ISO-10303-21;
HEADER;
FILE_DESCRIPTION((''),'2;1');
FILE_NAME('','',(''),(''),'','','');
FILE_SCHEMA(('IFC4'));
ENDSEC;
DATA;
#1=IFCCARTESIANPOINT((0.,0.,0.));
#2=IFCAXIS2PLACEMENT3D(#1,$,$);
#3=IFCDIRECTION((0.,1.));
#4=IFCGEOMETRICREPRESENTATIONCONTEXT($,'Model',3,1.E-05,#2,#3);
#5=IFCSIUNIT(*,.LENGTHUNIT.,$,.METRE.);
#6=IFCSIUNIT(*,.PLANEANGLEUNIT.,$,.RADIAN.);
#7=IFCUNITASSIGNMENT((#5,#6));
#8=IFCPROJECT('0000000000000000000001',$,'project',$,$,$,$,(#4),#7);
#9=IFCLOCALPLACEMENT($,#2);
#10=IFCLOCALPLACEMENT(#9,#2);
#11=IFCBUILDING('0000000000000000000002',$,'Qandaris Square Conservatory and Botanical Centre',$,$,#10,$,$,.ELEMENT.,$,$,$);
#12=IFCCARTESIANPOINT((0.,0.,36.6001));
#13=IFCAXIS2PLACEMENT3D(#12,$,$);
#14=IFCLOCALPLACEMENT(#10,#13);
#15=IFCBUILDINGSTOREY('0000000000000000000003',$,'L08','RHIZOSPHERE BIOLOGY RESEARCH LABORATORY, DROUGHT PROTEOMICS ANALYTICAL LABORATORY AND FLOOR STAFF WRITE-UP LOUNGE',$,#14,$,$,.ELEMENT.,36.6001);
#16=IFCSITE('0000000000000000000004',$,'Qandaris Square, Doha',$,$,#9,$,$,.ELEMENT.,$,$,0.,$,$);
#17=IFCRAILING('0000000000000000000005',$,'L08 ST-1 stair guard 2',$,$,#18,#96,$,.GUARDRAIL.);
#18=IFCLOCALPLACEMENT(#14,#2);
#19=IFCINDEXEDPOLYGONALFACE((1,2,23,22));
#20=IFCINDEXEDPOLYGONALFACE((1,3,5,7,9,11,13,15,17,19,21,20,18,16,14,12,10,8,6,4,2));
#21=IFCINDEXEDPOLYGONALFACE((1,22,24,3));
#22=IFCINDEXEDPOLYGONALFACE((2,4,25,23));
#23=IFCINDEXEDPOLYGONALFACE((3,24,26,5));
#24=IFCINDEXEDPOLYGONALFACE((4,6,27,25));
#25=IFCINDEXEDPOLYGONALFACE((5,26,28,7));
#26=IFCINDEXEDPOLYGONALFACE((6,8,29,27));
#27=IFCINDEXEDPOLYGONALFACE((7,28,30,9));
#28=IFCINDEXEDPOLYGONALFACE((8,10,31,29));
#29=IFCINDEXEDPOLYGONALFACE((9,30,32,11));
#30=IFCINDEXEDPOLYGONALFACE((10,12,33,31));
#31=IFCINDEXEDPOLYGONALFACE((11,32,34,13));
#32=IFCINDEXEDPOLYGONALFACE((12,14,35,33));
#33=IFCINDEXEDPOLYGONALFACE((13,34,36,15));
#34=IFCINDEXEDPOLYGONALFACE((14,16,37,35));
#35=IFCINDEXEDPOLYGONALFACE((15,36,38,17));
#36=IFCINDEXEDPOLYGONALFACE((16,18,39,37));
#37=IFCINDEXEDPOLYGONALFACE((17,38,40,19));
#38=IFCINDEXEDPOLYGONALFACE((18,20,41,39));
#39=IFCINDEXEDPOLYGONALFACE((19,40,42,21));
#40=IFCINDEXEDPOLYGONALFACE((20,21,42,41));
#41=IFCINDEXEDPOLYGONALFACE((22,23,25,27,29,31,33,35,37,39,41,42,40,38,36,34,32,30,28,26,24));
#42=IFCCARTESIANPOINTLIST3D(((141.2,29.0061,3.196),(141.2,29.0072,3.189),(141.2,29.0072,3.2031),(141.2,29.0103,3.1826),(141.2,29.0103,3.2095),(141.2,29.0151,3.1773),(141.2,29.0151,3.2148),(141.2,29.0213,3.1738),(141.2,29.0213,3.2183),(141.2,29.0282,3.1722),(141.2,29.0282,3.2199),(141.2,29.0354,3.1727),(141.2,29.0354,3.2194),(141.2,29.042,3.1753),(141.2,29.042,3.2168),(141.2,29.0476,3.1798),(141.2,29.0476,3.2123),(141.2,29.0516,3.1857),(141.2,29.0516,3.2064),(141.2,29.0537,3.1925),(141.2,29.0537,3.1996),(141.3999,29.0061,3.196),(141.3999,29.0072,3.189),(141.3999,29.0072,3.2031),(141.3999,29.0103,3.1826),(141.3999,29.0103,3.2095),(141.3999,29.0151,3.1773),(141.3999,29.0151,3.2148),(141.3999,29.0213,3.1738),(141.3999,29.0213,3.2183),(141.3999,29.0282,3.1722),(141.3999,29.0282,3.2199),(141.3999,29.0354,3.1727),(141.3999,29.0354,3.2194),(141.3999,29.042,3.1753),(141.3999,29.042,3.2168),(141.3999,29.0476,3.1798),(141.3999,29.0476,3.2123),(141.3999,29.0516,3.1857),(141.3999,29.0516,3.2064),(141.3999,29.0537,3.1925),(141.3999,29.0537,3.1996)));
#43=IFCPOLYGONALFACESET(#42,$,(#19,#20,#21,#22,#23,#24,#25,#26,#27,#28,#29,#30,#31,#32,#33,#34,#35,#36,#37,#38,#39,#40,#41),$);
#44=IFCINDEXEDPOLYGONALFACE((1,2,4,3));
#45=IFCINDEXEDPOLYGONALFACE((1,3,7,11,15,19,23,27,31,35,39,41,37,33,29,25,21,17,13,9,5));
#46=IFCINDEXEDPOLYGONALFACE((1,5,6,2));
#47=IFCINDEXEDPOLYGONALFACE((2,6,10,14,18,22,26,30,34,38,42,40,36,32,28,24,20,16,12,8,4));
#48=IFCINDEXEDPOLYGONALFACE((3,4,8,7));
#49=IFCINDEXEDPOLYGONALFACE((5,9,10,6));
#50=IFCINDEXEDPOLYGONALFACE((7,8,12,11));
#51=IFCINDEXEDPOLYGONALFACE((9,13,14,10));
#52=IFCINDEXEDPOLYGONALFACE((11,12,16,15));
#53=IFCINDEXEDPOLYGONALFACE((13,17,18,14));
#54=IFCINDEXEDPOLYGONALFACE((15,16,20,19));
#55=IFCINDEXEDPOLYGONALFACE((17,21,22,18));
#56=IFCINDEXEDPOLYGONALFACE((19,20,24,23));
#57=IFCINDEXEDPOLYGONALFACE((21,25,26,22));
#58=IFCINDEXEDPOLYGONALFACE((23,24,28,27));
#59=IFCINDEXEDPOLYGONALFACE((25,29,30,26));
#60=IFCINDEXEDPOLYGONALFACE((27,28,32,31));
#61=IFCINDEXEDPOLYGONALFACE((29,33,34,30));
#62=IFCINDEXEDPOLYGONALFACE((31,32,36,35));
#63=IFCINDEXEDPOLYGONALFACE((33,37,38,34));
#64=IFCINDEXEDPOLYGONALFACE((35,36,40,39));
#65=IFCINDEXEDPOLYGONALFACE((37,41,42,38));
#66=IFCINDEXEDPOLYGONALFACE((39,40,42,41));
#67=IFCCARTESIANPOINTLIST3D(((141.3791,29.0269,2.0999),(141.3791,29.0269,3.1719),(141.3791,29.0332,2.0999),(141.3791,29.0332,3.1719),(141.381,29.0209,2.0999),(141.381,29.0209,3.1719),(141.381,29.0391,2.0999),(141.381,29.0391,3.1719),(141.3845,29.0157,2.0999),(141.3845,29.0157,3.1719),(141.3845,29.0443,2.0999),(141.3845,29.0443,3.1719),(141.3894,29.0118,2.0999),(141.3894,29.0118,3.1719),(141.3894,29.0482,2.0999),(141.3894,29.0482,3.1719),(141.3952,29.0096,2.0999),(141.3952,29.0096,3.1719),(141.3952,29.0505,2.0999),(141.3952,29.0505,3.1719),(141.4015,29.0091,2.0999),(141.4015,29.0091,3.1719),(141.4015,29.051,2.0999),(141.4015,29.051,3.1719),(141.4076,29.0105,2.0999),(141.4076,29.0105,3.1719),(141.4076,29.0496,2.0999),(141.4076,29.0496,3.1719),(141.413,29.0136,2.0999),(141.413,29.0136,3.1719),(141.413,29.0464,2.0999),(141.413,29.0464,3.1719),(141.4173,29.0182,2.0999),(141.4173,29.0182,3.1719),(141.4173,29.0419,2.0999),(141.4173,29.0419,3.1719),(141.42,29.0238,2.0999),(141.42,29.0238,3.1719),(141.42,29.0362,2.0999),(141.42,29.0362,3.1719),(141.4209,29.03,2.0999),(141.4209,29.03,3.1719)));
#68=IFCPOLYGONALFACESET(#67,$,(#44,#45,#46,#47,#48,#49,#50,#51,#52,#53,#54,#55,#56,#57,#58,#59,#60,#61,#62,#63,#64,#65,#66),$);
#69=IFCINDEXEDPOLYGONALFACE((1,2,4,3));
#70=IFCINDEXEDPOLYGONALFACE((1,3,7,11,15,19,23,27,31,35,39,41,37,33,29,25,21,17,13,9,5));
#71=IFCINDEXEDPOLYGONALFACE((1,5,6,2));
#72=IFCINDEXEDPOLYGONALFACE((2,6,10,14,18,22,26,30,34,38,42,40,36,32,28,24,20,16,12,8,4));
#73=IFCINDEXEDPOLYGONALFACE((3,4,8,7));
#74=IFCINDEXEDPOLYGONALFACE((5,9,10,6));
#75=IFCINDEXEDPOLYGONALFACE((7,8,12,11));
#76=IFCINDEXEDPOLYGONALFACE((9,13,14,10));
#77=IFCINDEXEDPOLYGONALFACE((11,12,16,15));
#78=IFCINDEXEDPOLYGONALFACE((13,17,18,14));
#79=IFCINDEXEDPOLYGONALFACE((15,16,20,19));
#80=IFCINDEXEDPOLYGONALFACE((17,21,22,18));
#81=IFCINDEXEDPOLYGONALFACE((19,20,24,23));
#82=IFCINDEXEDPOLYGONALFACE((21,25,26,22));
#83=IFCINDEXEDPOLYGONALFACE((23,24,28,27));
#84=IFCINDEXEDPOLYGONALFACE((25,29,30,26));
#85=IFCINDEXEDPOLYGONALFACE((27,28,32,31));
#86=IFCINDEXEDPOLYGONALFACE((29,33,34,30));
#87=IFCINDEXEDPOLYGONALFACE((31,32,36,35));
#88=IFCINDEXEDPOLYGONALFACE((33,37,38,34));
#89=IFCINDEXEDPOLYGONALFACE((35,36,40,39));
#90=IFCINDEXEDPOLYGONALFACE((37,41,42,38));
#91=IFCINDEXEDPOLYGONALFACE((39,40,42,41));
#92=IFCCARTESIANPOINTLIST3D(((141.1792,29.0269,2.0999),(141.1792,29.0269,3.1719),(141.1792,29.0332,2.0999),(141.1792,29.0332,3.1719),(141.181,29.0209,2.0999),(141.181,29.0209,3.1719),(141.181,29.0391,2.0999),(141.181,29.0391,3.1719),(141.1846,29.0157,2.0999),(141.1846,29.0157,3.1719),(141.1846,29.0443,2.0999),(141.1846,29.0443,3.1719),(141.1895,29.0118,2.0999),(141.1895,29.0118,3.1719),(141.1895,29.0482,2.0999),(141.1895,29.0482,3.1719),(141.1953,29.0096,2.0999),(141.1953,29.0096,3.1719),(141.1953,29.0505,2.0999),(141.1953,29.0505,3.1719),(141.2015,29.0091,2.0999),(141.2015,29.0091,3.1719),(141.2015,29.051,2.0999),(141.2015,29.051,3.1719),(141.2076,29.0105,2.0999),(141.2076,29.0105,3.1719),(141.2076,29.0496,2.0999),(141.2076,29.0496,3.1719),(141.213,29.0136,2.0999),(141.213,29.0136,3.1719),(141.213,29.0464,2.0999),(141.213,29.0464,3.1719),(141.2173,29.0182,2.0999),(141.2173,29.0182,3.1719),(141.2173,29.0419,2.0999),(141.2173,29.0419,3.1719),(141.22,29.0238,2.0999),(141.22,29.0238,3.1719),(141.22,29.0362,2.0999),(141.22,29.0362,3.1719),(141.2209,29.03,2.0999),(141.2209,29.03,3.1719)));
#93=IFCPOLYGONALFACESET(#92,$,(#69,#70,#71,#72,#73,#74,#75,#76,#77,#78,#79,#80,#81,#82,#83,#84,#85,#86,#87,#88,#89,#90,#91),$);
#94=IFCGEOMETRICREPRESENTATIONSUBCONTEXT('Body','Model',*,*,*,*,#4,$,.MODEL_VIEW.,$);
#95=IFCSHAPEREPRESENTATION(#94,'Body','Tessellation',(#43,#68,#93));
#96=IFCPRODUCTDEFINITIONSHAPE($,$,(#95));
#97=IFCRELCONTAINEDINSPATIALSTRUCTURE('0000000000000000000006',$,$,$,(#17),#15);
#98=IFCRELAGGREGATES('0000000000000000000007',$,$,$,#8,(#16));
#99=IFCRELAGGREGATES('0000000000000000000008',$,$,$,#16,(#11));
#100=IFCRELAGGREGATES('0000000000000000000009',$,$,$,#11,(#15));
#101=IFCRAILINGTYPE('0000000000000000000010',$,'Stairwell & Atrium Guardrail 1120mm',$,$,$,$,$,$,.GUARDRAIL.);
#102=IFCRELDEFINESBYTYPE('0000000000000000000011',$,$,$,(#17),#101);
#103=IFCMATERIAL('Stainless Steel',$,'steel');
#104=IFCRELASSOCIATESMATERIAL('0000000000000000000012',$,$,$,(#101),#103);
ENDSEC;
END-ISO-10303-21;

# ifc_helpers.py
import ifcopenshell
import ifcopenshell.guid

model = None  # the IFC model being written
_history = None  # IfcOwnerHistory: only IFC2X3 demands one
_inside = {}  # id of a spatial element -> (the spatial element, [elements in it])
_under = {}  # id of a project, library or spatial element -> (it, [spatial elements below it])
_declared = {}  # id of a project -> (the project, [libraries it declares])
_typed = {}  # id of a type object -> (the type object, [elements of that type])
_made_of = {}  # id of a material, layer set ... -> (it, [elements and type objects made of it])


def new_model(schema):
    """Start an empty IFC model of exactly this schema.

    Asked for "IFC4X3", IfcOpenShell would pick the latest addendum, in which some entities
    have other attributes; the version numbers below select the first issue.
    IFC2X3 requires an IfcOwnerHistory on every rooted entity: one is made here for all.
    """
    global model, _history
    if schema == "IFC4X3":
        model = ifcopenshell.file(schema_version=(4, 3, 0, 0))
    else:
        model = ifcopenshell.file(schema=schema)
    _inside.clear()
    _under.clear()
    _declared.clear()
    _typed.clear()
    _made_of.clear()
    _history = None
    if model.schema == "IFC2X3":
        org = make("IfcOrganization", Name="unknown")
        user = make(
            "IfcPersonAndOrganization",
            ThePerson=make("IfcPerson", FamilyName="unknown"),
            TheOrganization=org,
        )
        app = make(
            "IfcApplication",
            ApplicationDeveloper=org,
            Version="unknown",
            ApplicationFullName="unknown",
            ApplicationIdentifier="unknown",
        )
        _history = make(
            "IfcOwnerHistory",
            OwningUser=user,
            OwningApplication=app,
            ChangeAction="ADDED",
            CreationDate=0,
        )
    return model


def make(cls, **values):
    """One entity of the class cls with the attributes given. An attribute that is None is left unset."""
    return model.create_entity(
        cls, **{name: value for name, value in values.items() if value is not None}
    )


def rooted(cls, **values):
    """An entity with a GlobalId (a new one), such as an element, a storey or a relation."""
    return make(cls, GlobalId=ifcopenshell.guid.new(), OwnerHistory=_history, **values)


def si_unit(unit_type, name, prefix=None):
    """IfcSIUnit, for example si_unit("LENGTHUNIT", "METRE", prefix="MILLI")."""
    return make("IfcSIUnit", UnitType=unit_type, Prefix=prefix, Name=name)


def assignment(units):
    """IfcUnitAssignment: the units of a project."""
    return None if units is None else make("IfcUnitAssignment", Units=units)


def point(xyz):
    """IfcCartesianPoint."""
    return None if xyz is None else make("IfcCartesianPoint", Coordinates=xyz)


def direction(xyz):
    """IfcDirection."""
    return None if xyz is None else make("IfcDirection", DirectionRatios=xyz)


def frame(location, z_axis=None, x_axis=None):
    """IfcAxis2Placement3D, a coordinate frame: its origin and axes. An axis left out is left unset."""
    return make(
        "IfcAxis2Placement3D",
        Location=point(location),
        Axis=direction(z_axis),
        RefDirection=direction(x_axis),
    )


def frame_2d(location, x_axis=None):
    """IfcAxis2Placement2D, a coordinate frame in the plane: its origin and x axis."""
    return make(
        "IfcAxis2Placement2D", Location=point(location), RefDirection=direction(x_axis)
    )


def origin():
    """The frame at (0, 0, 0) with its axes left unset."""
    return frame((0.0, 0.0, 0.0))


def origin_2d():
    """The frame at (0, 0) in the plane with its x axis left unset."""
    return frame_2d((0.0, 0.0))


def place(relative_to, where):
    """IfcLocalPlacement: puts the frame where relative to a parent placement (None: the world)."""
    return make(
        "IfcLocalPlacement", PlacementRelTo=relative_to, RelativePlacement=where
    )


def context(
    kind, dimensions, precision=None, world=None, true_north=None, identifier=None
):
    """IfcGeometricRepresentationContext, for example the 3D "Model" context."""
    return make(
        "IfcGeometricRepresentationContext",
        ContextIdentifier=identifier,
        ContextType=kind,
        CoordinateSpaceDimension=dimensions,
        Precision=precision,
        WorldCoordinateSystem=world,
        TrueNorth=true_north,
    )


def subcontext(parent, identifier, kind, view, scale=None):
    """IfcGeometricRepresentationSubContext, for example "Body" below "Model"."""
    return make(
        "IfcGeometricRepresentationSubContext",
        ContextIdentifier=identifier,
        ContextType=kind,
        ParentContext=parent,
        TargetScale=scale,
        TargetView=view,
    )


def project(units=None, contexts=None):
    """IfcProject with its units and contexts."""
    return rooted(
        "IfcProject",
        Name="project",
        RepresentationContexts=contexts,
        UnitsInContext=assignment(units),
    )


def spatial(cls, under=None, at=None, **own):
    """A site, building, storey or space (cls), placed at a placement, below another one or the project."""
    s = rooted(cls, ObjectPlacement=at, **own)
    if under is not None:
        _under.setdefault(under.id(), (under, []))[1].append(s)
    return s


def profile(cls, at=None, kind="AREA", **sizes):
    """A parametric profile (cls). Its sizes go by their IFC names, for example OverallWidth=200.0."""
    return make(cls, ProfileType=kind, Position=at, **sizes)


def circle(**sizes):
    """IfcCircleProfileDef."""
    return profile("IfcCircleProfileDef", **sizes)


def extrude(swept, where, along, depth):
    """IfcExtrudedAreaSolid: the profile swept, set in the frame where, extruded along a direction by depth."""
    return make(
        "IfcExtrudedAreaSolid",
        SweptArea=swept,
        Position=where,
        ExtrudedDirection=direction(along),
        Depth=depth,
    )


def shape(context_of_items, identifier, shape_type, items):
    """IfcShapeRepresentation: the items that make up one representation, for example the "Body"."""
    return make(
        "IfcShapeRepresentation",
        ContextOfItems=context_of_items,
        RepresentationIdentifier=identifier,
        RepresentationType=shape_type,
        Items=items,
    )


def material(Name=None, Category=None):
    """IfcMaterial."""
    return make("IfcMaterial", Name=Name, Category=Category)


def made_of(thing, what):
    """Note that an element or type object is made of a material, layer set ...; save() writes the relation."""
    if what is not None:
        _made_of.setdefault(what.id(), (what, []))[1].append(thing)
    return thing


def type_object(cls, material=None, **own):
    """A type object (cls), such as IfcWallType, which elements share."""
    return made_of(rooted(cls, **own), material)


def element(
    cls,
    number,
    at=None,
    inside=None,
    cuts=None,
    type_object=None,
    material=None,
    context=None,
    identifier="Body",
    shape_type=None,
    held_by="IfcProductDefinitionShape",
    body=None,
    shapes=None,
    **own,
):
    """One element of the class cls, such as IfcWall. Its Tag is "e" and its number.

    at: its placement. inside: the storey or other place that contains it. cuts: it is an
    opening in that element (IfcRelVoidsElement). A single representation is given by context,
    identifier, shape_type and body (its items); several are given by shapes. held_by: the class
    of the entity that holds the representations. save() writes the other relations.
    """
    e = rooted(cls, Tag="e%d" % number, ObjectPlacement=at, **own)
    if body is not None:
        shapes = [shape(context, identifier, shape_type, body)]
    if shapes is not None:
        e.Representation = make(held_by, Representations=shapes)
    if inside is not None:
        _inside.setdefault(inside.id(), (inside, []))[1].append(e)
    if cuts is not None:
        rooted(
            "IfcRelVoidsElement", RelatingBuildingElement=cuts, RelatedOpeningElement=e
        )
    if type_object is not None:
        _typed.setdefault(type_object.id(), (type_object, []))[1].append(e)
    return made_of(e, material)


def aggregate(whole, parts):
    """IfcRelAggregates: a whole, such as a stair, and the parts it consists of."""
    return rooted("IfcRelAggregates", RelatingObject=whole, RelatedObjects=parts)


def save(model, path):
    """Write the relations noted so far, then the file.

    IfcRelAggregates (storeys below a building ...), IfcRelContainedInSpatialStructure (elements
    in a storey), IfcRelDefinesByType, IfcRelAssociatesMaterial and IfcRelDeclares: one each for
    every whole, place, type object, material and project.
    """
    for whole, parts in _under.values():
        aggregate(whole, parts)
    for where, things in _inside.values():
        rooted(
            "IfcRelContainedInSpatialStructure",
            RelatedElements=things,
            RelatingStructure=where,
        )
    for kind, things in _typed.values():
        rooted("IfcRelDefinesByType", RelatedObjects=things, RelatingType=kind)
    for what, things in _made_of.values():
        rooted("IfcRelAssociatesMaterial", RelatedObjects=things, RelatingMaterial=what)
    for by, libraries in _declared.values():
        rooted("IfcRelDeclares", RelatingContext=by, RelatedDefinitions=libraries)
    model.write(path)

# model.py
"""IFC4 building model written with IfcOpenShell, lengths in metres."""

from ifc_helpers import new_model, si_unit, direction, frame, origin, origin_2d, place, context, subcontext, project, spatial, circle, extrude, material, type_object, element, save


model = new_model("IFC4")

# Units and contexts
model_context = context("Model", 3, precision=1e-05, world=origin(), true_north=direction((0.0, 1.0)))
body_context = subcontext(model_context, "Body", "Model", "MODEL_VIEW")
ifc_project = project(units=[si_unit("LENGTHUNIT", "METRE"), si_unit("PLANEANGLEUNIT", "RADIAN")], contexts=[model_context])

# Site, building, storey
site_placement = place(None, origin())
site = spatial("IfcSite", under=ifc_project, at=site_placement, Name="Qandaris Square, Doha", CompositionType="ELEMENT", RefElevation=0.0)
building_placement = place(site_placement, origin())
building = spatial("IfcBuilding", under=site, at=building_placement, Name="Qandaris Square Conservatory and Botanical Centre", CompositionType="ELEMENT")
storey_placement = place(building_placement, frame((0.0, 0.0, 36.6001)))
storey = spatial("IfcBuildingStorey", under=building, at=storey_placement, Name="L08", Description="RHIZOSPHERE BIOLOGY RESEARCH LABORATORY, DROUGHT PROTEOMICS ANALYTICAL LABORATORY AND FLOOR STAFF WRITE-UP LOUNGE", CompositionType="ELEMENT", Elevation=36.6001)

# Railing
ifc_material_1 = material(Name="Stainless Steel", Category="steel")
railing_type_1 = type_object("IfcRailingType", Name="Stairwell & Atrium Guardrail 1120mm", PredefinedType="GUARDRAIL", material=ifc_material_1)
railing_1_placement = place(storey_placement, frame((141.3999, 29.03, 2.0999)))
element("IfcRailing", 1, at=railing_1_placement, inside=storey, type_object=railing_type_1, Name="L08 ST-1 stair guard 2", PredefinedType="GUARDRAIL", context=body_context, shape_type="SweptSolid", body=[
    extrude(circle(Radius=0.0239, at=origin_2d()), frame((0.0, 0.0, 1.0962), z_axis=(-1.0, 0.0, 0.0), x_axis=(0.0, -1.0, 0.0)), (0.0, 0.0, 1.0), 0.2),
    extrude(circle(Radius=0.021, at=origin_2d()), origin(), (0.0, 0.0, 1.0), 1.072),
    extrude(circle(Radius=0.021, at=origin_2d()), frame((-0.2, 0.0, 0.0)), (0.0, 0.0, 1.0), 1.072),
])

save(model, "model.ifc")
